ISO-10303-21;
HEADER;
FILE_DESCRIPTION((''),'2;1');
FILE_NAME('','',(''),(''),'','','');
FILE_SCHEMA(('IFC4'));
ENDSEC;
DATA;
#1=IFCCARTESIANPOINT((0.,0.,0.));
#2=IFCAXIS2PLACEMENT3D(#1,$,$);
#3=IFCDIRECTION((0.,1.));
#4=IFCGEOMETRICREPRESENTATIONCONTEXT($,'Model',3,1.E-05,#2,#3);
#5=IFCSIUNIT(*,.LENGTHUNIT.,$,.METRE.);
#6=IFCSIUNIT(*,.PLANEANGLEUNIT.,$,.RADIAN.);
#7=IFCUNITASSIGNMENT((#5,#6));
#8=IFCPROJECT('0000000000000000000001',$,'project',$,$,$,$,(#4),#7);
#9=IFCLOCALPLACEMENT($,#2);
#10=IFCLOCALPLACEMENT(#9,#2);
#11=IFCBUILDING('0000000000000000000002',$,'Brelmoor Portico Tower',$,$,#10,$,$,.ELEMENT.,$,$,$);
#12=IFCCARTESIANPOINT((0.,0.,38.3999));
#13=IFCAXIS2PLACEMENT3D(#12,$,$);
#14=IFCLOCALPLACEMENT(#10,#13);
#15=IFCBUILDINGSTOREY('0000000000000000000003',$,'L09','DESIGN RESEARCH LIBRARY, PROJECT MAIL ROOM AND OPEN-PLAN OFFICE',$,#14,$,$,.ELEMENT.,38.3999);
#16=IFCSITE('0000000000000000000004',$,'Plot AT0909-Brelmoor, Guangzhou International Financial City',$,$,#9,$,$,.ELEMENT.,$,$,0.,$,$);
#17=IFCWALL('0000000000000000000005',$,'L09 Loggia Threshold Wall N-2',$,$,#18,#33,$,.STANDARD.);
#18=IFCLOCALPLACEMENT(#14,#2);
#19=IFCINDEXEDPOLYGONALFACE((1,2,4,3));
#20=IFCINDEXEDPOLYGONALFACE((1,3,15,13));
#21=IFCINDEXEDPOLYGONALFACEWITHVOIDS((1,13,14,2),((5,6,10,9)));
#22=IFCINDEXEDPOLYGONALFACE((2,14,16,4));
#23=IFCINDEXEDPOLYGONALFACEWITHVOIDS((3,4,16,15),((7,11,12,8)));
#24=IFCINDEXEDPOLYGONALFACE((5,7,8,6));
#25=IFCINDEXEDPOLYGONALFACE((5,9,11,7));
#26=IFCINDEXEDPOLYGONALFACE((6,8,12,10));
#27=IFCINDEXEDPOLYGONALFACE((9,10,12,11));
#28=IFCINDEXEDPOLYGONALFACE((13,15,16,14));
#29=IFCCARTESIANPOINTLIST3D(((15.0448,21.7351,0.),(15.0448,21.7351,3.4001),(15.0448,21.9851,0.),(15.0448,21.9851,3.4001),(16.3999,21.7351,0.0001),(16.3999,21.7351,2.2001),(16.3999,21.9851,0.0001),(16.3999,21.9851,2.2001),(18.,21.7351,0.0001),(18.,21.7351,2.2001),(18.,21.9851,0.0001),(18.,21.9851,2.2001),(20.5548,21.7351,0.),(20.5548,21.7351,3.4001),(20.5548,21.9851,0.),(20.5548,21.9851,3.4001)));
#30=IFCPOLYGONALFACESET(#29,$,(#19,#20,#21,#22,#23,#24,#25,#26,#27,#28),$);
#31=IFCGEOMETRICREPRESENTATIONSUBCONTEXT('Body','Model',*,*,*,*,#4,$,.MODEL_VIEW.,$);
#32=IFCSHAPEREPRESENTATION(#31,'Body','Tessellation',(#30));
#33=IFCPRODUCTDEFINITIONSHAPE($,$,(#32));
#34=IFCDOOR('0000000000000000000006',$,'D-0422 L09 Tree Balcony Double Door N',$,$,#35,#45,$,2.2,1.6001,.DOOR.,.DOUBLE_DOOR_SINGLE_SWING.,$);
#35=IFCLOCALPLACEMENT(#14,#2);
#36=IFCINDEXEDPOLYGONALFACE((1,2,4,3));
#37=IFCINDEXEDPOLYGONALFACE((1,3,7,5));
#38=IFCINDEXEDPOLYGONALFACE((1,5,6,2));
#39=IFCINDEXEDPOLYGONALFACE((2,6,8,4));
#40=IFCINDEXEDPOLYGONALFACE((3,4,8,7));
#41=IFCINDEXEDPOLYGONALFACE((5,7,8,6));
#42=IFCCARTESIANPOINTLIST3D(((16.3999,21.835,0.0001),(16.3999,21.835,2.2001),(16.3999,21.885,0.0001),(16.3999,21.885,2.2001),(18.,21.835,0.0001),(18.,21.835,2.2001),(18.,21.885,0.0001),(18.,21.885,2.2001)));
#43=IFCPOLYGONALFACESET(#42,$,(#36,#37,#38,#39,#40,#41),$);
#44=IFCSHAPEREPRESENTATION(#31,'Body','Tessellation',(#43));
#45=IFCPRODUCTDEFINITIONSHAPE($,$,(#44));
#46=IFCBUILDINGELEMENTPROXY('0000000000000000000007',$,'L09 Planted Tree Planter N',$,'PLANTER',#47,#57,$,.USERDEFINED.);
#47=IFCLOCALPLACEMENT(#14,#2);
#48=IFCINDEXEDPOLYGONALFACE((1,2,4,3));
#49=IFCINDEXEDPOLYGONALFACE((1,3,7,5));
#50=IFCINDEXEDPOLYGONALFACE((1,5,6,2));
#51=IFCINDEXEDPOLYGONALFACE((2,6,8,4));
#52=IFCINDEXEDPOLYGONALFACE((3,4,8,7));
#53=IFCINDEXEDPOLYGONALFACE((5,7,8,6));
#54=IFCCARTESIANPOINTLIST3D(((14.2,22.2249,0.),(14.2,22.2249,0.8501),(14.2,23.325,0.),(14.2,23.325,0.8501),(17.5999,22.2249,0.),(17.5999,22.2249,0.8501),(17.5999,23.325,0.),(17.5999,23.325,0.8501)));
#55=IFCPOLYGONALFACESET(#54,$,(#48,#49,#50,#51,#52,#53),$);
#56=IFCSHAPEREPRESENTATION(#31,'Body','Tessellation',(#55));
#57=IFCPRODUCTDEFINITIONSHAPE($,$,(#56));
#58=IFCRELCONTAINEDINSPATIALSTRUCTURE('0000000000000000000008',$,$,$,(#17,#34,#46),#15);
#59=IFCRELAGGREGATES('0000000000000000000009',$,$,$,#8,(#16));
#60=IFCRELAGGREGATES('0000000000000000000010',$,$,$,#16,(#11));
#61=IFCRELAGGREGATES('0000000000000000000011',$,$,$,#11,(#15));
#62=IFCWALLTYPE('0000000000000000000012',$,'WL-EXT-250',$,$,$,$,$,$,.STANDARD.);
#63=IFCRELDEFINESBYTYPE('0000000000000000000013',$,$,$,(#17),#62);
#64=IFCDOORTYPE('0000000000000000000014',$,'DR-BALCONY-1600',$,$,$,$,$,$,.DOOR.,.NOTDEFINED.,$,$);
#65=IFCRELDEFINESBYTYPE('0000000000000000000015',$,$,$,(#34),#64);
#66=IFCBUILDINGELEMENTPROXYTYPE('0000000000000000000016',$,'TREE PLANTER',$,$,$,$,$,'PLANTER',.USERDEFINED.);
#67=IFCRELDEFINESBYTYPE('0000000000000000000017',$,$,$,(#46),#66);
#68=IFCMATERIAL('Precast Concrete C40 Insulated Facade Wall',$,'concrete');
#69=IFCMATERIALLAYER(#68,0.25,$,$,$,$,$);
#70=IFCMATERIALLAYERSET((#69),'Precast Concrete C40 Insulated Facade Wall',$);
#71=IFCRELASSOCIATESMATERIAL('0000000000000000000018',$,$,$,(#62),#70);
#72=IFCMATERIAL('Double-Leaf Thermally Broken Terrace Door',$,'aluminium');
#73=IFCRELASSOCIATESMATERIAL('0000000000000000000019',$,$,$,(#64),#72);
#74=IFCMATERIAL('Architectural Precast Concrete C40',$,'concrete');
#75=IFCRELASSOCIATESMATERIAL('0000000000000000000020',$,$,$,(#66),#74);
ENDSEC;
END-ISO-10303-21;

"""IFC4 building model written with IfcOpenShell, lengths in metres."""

from ifc_helpers import new_model, si_unit, direction, frame, frame_2d, origin, origin_2d, place, context, subcontext, project, spatial, rectangle, extrude, material, layer, layer_set, type_object, element, fill, save


model = new_model("IFC4")

# Units and contexts
model_context = context("Model", 3, precision=1e-05, world=origin(), true_north=direction((0.0, 1.0)))
body_context = subcontext(model_context, "Body", "Model", "MODEL_VIEW")
ifc_project = project(units=[si_unit("LENGTHUNIT", "METRE"), si_unit("PLANEANGLEUNIT", "RADIAN")], contexts=[model_context])

# Site, building, storey
site_placement = place(None, origin())
site = spatial("IfcSite", under=ifc_project, at=site_placement, Name="Plot AT0909-Brelmoor, Guangzhou International Financial City", CompositionType="ELEMENT", RefElevation=0.0)
building_placement = place(site_placement, origin())
building = spatial("IfcBuilding", under=site, at=building_placement, Name="Brelmoor Portico Tower", CompositionType="ELEMENT")
storey_placement = place(building_placement, frame((0.0, 0.0, 38.3999)))
storey = spatial("IfcBuildingStorey", under=building, at=storey_placement, Name="L09", Description="DESIGN RESEARCH LIBRARY, PROJECT MAIL ROOM AND OPEN-PLAN OFFICE", CompositionType="ELEMENT", Elevation=38.3999)

# Wall, opening, door
ifc_material_1 = material(Name="Precast Concrete C40 Insulated Facade Wall", Category="concrete")
ifc_layer_1 = layer(ifc_material_1, 0.25)
ifc_layer_set_1 = layer_set([ifc_layer_1], Name="Precast Concrete C40 Insulated Facade Wall")
wall_type = type_object("IfcWallType", Name="WL-EXT-250", PredefinedType="STANDARD", material=ifc_layer_set_1)
wall_placement = place(storey_placement, frame((15.0449, 21.8601, 0.0), z_axis=(0.0, 0.0, 1.0), x_axis=(1.0, 0.0, 0.0)))
wall = element("IfcWall", 1, at=wall_placement, inside=storey, type_object=wall_type, Name="L09 Loggia Threshold Wall N-2", PredefinedType="STANDARD", context=body_context, shape_type="SweptSolid", body=[
    extrude(rectangle(XDim=5.51, YDim=0.25, at=frame_2d((2.7549, 0.0))), origin(), (0.0, 0.0, 1.0), 3.4001),
])
opening_placement = place(wall_placement, frame((1.355, 0.0, 0.0)))
opening = element("IfcOpeningElement", 2, at=opening_placement, cuts=wall, PredefinedType="OPENING", context=body_context, shape_type="SweptSolid", body=[
    extrude(rectangle(XDim=1.6001, YDim=2.2, at=frame_2d((0.8, 1.1001))), frame((0.0, 0.135, 0.0), z_axis=(0.0, -1.0, 0.0), x_axis=(1.0, 0.0, 0.0)), (0.0, 0.0, 1.0), 0.27),
])
ifc_material_2 = material(Name="Double-Leaf Thermally Broken Terrace Door", Category="aluminium")
door_type = type_object("IfcDoorType", Name="DR-BALCONY-1600", OperationType="NOTDEFINED", PredefinedType="DOOR", material=ifc_material_2)
door_placement = place(opening_placement, origin())
door = element("IfcDoor", 3, at=door_placement, inside=storey, type_object=door_type, Name="D-0422 L09 Tree Balcony Double Door N", OperationType="DOUBLE_DOOR_SINGLE_SWING", OverallHeight=2.2, OverallWidth=1.6001, PredefinedType="DOOR", context=body_context, shape_type="SweptSolid", body=[
    extrude(rectangle(XDim=1.6001, YDim=2.2, at=frame_2d((0.8, 1.1001))), frame((0.0, 0.0249, 0.0), z_axis=(0.0, -1.0, 0.0), x_axis=(1.0, 0.0, 0.0)), (0.0, 0.0, 1.0), 0.05),
])
fill(opening, door)

# Building element proxy
ifc_material_3 = material(Name="Architectural Precast Concrete C40", Category="concrete")
building_element_proxy_type = type_object("IfcBuildingElementProxyType", Name="TREE PLANTER", ElementType="PLANTER", PredefinedType="USERDEFINED", material=ifc_material_3)
proxy_placement = place(storey_placement, frame((15.8999, 22.7749, 0.0), z_axis=(0.0, 0.0, 1.0), x_axis=(1.0, 0.0, 0.0)))
element("IfcBuildingElementProxy", 4, at=proxy_placement, inside=storey, type_object=building_element_proxy_type, Name="L09 Planted Tree Planter N", ObjectType="PLANTER", PredefinedType="USERDEFINED", context=body_context, shape_type="SweptSolid", body=[
    extrude(rectangle(XDim=3.3999, YDim=1.1001, at=origin_2d()), origin(), (0.0, 0.0, 1.0), 0.8501),
])

save(model, "model.ifc")
